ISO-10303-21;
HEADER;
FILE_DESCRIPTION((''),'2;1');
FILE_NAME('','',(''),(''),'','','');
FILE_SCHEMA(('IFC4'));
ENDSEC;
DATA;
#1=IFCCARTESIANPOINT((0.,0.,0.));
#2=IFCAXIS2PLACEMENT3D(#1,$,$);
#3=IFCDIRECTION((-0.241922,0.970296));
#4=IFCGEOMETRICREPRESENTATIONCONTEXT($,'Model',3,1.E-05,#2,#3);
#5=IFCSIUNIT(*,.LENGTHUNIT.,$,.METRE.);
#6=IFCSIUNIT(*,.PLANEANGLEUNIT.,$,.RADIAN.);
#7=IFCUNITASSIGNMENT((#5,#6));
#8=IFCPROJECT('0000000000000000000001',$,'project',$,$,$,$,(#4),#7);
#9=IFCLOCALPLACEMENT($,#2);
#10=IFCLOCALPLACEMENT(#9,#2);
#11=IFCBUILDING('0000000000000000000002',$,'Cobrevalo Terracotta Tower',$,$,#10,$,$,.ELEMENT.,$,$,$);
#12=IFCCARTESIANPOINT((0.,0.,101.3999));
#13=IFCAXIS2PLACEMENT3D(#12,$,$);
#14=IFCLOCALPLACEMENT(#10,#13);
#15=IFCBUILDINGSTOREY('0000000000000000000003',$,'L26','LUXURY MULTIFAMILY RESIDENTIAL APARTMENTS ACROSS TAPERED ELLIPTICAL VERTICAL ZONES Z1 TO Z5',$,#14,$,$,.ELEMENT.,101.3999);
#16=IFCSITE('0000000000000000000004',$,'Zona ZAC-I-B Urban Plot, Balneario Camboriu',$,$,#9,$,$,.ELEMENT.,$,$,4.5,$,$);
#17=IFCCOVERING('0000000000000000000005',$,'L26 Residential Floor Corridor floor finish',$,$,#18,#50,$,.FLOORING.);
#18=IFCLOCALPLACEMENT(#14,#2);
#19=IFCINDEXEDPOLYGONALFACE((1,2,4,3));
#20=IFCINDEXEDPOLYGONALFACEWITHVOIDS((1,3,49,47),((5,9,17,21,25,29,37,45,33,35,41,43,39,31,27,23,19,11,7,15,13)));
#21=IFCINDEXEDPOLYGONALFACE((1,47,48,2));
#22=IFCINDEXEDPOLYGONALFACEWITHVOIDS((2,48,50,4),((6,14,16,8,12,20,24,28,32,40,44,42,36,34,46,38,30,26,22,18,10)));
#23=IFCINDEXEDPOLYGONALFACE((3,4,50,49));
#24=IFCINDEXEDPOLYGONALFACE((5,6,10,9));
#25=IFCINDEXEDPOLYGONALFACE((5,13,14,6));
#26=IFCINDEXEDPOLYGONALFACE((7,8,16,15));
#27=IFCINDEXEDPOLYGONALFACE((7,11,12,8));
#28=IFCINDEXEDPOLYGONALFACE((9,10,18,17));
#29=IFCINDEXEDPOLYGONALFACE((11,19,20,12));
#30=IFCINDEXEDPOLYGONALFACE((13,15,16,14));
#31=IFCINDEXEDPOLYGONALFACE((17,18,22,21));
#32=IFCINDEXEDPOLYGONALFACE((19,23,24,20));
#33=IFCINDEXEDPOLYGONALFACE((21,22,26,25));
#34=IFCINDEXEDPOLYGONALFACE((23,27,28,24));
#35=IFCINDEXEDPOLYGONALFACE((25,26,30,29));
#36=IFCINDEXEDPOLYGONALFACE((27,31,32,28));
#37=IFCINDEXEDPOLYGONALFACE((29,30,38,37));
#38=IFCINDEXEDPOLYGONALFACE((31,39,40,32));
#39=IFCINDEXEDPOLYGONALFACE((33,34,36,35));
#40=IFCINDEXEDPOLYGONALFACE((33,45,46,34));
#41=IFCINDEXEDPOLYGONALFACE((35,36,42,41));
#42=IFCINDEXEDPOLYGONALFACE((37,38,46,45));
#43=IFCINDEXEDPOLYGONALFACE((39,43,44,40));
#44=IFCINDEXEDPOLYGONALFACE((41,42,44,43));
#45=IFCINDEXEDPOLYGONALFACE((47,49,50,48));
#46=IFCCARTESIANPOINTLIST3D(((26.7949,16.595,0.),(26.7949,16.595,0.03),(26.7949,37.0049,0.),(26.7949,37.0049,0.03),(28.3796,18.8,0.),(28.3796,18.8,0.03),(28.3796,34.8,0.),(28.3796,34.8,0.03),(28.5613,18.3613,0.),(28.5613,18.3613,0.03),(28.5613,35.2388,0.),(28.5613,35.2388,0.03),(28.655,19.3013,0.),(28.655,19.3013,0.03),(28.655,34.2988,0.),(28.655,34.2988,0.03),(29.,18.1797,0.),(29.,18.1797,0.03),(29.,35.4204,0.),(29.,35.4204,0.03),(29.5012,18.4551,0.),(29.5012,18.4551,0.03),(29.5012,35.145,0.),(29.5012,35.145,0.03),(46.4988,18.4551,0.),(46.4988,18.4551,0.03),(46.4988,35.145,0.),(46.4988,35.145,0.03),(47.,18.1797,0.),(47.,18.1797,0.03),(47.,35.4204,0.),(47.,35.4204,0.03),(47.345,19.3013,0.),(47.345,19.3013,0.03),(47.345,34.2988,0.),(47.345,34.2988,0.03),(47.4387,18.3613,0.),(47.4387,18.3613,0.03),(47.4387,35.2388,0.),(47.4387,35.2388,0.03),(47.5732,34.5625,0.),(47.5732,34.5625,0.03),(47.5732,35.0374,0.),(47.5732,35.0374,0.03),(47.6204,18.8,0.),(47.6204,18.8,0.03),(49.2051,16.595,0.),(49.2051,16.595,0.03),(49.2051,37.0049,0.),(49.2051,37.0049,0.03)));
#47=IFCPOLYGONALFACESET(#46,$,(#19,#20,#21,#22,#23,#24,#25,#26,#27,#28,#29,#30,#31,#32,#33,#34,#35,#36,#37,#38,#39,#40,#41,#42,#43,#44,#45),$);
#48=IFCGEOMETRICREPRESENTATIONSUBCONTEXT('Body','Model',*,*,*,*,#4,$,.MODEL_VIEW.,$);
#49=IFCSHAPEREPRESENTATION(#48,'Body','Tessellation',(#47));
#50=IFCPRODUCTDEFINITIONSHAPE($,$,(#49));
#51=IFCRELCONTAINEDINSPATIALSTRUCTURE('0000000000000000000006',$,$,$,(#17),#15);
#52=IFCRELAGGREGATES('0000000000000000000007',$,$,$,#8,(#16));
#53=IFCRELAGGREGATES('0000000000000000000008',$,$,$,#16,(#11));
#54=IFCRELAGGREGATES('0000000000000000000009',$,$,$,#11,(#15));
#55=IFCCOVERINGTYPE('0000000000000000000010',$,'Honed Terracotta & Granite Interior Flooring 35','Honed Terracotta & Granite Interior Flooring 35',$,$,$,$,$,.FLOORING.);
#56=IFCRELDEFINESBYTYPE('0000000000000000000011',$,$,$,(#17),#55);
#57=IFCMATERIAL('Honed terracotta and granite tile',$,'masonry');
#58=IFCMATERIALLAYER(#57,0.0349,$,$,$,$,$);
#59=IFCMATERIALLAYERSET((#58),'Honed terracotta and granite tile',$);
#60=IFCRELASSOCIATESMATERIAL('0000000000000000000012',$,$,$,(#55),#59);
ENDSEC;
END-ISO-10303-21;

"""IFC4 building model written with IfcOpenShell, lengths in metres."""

from ifc_helpers import new_model, si_unit, direction, frame, origin, place, context, subcontext, project, spatial, polyline, outline, extrude, material, layer, layer_set, type_object, element, save


model = new_model("IFC4")

# Units and contexts
model_context = context("Model", 3, precision=1e-05, world=origin(), true_north=direction((-0.241922, 0.970296)))
body_context = subcontext(model_context, "Body", "Model", "MODEL_VIEW")
ifc_project = project(units=[si_unit("LENGTHUNIT", "METRE"), si_unit("PLANEANGLEUNIT", "RADIAN")], contexts=[model_context])

# Site, building, storey
site_placement = place(None, origin())
site = spatial("IfcSite", under=ifc_project, at=site_placement, Name="Zona ZAC-I-B Urban Plot, Balneario Camboriu", CompositionType="ELEMENT", RefElevation=4.5)
building_placement = place(site_placement, origin())
building = spatial("IfcBuilding", under=site, at=building_placement, Name="Cobrevalo Terracotta Tower", CompositionType="ELEMENT")
storey_placement = place(building_placement, frame((0.0, 0.0, 101.3999)))
storey = spatial("IfcBuildingStorey", under=building, at=storey_placement, Name="L26", Description="LUXURY MULTIFAMILY RESIDENTIAL APARTMENTS ACROSS TAPERED ELLIPTICAL VERTICAL ZONES Z1 TO Z5", CompositionType="ELEMENT", Elevation=101.3999)

# Covering
ifc_material_1 = material(Name="Honed terracotta and granite tile", Category="masonry")
ifc_layer_1 = layer(ifc_material_1, 0.0349)
ifc_layer_set_1 = layer_set([ifc_layer_1], Name="Honed terracotta and granite tile")
covering_type_1 = type_object("IfcCoveringType", Name="Honed Terracotta & Granite Interior Flooring 35", Description="Honed Terracotta & Granite Interior Flooring 35", PredefinedType="FLOORING", material=ifc_layer_set_1)
covering_1_placement = place(storey_placement, origin())
element("IfcCovering", 1, at=covering_1_placement, inside=storey, type_object=covering_type_1, Name="L26 Residential Floor Corridor floor finish", PredefinedType="FLOORING", context=body_context, shape_type="SweptSolid", body=[
    extrude(outline(polyline([(49.2051, 37.0049), (49.2051, 16.595), (26.7949, 16.595), (26.7949, 37.0049), (49.2051, 37.0049)]), holes=[polyline([(47.345, 34.2988), (47.5732, 34.5625), (47.5732, 35.0374), (47.4387, 35.2388), (47.0, 35.4204), (46.4988, 35.145), (29.5012, 35.145), (29.0, 35.4204), (28.5613, 35.2388), (28.3796, 34.8), (28.655, 34.2988), (28.655, 19.3013), (28.3796, 18.8), (28.5613, 18.3613), (29.0, 18.1797), (29.5012, 18.4551), (46.4988, 18.4551), (47.0, 18.1797), (47.4387, 18.3613), (47.6204, 18.8), (47.345, 19.3013), (47.345, 34.2988)])]), origin(), (0.0, 0.0, 1.0), 0.03),
])

save(model, "model.ifc")
